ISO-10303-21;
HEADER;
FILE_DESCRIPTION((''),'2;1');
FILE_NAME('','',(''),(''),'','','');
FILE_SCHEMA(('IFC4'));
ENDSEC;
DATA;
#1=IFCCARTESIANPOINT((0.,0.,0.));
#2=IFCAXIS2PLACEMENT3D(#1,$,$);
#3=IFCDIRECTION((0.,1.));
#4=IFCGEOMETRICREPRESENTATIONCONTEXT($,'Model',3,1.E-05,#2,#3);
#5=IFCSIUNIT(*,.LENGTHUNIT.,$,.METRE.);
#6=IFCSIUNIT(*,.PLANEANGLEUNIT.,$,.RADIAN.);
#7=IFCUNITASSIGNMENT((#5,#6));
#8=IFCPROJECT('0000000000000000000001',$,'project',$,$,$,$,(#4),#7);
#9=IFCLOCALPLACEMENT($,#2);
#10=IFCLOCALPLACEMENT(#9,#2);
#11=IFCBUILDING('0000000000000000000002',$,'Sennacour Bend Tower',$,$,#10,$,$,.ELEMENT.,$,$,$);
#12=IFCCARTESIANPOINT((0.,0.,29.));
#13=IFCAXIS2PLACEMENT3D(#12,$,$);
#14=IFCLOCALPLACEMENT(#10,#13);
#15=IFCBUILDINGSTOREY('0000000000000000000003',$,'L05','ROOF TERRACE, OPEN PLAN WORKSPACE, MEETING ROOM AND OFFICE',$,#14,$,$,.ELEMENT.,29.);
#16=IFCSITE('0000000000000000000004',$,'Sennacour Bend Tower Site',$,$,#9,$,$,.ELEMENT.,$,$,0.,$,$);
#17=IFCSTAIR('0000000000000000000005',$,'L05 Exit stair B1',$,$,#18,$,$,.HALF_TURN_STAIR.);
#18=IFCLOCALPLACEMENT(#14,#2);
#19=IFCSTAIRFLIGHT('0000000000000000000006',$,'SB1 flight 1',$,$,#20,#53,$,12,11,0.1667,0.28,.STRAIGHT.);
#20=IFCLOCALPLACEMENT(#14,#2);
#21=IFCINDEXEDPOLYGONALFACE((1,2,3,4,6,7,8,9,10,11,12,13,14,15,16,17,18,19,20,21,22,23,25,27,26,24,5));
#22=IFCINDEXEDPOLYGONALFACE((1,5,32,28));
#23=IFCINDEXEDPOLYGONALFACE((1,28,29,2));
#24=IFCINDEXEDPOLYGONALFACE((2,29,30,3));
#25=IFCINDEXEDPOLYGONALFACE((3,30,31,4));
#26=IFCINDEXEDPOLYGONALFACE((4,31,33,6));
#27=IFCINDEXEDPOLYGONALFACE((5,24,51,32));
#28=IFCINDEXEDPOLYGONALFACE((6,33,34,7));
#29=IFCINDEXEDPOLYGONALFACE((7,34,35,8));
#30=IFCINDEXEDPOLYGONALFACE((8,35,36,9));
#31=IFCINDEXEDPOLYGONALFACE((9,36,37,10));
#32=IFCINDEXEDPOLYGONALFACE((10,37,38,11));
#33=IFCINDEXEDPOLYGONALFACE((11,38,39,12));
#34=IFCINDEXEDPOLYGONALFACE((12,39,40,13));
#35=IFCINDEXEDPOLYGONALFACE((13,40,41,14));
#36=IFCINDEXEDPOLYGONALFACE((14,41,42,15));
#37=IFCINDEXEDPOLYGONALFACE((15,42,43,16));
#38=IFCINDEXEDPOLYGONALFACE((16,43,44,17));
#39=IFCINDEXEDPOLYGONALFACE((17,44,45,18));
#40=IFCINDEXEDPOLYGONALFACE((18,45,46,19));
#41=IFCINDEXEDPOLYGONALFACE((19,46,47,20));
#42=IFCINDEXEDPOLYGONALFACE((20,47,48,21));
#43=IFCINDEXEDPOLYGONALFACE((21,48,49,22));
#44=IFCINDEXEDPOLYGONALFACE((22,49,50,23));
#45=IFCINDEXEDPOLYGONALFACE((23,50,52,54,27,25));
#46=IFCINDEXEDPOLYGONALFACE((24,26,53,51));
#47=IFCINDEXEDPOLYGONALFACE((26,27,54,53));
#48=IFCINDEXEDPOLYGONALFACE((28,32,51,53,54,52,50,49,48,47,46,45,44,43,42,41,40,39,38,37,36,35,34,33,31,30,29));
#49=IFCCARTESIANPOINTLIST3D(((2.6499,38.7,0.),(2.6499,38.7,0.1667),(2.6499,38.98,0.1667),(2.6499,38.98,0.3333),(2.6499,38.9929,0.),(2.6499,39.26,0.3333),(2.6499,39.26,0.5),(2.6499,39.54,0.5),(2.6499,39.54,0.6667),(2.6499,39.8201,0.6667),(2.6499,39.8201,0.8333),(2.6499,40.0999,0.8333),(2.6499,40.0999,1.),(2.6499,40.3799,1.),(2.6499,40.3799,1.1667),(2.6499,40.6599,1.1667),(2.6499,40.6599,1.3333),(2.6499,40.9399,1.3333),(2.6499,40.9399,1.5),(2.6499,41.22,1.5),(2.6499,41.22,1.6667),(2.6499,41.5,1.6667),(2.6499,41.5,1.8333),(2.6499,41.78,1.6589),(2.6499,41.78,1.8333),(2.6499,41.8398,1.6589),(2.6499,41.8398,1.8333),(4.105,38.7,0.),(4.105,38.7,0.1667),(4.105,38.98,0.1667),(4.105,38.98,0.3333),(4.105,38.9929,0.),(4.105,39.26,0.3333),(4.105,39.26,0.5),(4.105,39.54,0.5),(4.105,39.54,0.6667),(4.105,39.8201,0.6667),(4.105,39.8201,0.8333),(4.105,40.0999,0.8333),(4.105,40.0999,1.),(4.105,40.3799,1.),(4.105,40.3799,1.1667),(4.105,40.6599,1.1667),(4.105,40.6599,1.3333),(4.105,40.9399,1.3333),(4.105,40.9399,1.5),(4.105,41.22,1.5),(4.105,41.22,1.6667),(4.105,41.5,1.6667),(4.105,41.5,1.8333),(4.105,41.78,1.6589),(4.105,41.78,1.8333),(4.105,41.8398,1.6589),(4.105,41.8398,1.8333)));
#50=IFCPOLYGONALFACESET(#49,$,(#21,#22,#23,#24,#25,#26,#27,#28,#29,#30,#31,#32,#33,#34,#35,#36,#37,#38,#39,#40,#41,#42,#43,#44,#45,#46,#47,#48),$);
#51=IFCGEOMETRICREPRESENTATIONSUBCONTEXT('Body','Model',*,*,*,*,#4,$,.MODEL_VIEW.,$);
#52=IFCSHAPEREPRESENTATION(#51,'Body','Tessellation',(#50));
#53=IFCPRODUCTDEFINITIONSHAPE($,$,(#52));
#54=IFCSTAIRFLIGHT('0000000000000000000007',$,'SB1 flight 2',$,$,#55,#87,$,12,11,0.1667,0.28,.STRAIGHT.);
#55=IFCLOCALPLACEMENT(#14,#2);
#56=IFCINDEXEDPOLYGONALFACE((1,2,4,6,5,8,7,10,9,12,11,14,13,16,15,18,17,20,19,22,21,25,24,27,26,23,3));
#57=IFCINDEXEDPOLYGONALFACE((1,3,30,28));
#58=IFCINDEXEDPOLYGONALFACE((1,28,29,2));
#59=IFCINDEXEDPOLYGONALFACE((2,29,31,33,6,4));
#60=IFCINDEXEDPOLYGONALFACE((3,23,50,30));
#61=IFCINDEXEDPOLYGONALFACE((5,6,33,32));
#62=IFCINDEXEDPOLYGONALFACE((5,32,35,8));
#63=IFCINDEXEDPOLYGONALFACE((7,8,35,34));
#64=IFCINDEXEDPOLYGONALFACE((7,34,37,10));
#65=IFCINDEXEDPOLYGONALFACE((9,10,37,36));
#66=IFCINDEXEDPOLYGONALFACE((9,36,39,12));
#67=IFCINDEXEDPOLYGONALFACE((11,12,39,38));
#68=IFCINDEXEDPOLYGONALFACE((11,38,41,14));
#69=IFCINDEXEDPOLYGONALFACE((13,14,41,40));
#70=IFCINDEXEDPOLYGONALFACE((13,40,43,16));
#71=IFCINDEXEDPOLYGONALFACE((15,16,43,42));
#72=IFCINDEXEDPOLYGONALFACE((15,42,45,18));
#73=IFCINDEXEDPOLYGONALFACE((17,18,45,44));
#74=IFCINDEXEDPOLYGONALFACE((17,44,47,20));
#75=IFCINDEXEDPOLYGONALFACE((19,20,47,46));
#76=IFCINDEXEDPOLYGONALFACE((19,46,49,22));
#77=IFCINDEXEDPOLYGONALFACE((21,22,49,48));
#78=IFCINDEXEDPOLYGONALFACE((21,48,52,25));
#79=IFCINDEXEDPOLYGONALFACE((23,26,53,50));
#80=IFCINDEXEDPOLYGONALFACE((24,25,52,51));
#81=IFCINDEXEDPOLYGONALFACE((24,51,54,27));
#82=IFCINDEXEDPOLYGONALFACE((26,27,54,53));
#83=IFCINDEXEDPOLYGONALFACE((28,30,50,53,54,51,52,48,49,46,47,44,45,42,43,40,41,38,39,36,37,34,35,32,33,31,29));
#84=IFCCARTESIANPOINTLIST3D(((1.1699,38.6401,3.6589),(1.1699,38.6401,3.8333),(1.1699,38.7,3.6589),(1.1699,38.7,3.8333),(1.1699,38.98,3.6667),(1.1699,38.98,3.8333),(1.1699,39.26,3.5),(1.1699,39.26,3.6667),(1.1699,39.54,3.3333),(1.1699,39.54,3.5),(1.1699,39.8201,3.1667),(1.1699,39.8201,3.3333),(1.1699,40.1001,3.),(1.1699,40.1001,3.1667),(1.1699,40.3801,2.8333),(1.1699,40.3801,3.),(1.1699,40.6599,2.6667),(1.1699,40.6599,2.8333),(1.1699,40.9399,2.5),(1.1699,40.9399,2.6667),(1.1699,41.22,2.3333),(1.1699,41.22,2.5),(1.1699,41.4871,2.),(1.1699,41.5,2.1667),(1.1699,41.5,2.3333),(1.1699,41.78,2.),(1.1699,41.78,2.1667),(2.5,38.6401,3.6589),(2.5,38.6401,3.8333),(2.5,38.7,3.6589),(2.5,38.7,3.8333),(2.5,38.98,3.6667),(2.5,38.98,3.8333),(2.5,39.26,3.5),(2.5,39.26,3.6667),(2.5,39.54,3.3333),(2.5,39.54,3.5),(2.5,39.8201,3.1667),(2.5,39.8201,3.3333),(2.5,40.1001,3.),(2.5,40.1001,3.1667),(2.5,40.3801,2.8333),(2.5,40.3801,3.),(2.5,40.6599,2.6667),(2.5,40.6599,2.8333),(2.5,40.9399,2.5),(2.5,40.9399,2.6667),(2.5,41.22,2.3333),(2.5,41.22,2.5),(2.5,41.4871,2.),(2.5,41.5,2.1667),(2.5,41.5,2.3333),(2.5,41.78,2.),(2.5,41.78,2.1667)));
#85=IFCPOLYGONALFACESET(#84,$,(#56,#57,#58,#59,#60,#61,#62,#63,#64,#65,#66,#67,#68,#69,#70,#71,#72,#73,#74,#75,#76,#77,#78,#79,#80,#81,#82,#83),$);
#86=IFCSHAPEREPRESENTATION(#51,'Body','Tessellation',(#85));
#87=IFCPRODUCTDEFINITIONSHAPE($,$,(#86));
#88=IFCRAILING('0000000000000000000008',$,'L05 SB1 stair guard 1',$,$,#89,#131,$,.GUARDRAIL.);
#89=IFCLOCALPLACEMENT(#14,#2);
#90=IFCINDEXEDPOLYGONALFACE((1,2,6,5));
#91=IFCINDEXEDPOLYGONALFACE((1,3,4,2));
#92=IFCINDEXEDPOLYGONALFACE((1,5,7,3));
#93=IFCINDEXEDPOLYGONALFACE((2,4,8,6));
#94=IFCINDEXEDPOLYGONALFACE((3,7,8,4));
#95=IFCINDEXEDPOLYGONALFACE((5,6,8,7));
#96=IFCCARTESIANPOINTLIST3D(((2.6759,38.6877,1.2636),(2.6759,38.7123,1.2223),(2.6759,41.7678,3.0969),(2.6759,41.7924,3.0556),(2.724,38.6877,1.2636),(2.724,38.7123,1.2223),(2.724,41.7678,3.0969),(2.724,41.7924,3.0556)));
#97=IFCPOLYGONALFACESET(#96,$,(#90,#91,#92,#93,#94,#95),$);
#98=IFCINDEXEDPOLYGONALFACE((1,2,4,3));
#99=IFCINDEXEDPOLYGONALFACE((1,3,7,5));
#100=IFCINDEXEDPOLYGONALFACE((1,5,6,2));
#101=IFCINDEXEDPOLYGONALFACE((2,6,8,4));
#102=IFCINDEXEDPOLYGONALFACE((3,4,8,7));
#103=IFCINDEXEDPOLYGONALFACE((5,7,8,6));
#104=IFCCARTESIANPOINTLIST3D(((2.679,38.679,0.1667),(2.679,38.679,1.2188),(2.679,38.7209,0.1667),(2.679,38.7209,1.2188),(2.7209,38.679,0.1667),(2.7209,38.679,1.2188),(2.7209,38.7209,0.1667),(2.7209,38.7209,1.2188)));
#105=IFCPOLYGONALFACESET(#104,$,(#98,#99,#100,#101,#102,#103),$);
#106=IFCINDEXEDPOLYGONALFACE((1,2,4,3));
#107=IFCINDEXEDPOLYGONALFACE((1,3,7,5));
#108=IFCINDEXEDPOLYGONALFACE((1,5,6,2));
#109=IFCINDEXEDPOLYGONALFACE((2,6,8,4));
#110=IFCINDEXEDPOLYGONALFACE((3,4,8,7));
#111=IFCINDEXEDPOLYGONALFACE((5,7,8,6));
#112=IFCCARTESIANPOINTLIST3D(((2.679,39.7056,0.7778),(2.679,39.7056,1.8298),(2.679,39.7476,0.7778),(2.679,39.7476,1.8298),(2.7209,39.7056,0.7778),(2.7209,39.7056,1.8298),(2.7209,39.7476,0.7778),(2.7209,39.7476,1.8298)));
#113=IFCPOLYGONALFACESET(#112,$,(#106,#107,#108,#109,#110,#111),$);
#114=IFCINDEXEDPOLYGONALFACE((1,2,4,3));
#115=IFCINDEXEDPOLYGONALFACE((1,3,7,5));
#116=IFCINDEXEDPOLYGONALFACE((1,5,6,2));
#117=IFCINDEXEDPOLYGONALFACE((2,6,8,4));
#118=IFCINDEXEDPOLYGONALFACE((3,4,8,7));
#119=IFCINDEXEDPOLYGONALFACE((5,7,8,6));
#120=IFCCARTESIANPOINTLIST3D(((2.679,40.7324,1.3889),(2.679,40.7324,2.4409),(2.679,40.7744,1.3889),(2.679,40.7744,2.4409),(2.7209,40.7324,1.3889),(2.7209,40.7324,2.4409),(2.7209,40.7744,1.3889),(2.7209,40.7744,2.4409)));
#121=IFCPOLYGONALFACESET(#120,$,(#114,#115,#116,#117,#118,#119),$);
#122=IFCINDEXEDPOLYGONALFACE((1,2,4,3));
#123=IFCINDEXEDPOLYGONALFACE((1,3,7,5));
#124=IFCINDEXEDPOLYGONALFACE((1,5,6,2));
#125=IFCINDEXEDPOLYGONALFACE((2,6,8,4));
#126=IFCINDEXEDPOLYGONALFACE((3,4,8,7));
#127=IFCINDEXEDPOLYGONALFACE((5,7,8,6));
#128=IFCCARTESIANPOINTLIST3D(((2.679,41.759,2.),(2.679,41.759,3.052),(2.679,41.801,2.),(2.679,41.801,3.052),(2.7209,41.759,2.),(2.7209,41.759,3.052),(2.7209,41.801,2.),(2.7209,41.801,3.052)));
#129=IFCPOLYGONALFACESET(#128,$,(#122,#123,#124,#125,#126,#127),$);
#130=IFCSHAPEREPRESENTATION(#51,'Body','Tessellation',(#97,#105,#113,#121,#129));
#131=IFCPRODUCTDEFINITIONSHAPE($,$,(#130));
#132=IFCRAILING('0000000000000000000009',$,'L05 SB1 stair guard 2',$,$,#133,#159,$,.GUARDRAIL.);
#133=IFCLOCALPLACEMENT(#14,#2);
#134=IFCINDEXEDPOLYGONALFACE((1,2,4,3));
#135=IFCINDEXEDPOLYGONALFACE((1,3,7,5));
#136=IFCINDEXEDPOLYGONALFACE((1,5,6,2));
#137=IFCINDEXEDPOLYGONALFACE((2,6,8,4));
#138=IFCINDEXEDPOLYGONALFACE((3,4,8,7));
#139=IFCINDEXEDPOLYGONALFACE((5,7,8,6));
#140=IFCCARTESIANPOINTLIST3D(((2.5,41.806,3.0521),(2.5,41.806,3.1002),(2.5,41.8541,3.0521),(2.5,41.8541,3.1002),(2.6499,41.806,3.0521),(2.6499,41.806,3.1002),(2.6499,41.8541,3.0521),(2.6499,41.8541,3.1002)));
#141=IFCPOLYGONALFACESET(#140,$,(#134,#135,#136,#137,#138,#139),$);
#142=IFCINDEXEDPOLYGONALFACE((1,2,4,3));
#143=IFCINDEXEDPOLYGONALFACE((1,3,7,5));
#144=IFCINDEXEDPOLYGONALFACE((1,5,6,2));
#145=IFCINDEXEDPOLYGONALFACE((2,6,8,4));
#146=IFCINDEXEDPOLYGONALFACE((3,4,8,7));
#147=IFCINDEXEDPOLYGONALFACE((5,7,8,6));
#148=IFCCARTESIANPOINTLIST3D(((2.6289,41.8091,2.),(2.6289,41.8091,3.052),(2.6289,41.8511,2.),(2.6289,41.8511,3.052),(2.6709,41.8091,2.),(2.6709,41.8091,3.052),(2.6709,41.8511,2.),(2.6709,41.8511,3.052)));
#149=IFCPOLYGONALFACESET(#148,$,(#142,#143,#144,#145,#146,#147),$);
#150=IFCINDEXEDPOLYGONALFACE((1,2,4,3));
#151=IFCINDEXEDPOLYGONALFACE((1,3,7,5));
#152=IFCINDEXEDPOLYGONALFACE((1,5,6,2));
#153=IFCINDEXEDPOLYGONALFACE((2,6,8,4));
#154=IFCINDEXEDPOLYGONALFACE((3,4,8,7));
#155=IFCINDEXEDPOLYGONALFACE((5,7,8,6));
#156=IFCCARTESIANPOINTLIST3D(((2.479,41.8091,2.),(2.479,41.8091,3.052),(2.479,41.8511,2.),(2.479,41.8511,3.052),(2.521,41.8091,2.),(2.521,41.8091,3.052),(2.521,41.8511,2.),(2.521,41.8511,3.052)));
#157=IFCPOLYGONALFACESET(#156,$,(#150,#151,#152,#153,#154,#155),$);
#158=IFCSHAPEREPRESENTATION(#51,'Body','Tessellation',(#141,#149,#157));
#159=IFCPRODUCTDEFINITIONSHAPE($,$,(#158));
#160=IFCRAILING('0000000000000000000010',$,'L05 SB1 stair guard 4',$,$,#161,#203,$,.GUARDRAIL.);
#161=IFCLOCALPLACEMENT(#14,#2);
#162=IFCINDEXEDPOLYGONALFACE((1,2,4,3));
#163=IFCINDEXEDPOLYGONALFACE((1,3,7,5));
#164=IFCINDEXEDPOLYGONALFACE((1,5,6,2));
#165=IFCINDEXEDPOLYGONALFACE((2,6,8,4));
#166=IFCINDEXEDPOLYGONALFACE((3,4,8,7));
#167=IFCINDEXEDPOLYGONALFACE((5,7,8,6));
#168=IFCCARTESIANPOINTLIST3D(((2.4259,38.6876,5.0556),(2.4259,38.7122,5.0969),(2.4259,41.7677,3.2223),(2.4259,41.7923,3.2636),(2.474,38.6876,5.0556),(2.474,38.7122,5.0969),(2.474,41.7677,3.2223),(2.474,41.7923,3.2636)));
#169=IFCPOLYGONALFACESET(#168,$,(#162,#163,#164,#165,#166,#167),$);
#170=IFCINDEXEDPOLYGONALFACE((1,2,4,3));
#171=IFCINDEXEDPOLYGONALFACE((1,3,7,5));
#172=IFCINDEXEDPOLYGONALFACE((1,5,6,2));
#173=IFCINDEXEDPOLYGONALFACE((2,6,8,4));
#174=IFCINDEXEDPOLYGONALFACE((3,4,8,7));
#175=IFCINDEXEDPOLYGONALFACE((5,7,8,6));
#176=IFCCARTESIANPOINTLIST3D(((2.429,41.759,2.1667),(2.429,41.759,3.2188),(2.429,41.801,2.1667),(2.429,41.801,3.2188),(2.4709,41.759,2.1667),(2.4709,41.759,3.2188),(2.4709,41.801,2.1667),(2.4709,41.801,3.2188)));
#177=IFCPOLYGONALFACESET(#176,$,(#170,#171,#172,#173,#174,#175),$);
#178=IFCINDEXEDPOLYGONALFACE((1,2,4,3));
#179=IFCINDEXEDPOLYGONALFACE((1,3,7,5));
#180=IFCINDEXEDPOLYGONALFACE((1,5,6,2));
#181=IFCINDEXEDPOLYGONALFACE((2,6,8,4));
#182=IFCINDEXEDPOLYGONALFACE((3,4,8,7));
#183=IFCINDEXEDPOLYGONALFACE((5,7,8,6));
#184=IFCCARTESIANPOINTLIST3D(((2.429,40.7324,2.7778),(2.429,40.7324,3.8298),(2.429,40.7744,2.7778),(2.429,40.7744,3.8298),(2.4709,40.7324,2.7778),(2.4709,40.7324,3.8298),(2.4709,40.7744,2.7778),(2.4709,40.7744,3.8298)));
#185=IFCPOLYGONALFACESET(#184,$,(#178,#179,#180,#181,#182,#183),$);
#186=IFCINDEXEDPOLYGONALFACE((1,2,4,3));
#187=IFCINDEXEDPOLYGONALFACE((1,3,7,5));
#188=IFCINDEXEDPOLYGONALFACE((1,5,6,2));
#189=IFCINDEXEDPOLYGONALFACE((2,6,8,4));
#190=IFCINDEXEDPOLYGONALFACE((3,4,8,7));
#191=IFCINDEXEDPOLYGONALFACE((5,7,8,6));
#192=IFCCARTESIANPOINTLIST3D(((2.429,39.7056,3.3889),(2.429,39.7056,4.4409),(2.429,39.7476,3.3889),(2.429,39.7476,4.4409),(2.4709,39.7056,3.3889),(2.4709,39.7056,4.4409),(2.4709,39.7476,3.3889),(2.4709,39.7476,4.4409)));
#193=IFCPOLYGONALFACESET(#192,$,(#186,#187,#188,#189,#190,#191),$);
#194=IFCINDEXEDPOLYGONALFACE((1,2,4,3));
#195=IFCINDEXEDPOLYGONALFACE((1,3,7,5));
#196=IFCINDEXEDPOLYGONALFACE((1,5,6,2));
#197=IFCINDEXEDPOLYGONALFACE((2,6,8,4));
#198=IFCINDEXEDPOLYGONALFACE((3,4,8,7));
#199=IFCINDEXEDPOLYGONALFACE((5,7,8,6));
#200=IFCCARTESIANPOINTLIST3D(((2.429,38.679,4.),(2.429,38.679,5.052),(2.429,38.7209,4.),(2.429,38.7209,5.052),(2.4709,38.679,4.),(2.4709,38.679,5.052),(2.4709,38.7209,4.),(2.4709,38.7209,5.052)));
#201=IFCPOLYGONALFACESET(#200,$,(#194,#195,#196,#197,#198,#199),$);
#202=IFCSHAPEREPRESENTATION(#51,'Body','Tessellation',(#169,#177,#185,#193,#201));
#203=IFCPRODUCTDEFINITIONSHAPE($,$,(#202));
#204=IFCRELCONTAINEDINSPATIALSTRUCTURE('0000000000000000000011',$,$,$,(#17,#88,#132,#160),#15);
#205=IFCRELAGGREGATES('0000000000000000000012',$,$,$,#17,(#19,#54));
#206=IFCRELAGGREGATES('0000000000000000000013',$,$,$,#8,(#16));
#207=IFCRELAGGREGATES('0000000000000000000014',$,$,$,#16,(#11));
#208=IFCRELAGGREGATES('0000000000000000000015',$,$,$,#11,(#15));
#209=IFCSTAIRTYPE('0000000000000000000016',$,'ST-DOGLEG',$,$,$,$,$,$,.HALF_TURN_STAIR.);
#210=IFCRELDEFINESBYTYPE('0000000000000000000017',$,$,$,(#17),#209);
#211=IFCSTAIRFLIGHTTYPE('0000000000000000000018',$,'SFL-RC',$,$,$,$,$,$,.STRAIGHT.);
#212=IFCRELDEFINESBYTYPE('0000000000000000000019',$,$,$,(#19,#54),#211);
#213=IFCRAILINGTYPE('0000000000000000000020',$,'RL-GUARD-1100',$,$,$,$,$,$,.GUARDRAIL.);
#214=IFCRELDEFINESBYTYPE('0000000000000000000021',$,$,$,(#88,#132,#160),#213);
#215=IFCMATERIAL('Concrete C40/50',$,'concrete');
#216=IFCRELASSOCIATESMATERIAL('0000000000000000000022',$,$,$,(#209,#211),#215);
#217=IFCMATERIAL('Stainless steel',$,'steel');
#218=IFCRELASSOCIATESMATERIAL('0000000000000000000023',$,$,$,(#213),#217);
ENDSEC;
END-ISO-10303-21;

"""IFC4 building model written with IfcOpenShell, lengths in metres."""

from ifc_helpers import new_model, si_unit, direction, frame, origin, origin_2d, place, context, subcontext, project, spatial, polyline, rectangle, outline, extrude, material, type_object, element, aggregate, save


model = new_model("IFC4")

# Units and contexts
model_context = context("Model", 3, precision=1e-05, world=origin(), true_north=direction((0.0, 1.0)))
body_context = subcontext(model_context, "Body", "Model", "MODEL_VIEW")
ifc_project = project(units=[si_unit("LENGTHUNIT", "METRE"), si_unit("PLANEANGLEUNIT", "RADIAN")], contexts=[model_context])

# Site, building, storey
site_placement = place(None, origin())
site = spatial("IfcSite", under=ifc_project, at=site_placement, Name="Sennacour Bend Tower Site", CompositionType="ELEMENT", RefElevation=0.0)
building_placement = place(site_placement, origin())
building = spatial("IfcBuilding", under=site, at=building_placement, Name="Sennacour Bend Tower", CompositionType="ELEMENT")
storey_placement = place(building_placement, frame((0.0, 0.0, 29.0)))
storey = spatial("IfcBuildingStorey", under=building, at=storey_placement, Name="L05", Description="ROOF TERRACE, OPEN PLAN WORKSPACE, MEETING ROOM AND OFFICE", CompositionType="ELEMENT", Elevation=29.0)

# Stair, stair flights
ifc_material_1 = material(Name="Concrete C40/50", Category="concrete")
stair_type = type_object("IfcStairType", Name="ST-DOGLEG", PredefinedType="HALF_TURN_STAIR", material=ifc_material_1)
stair_placement = place(storey_placement, origin())
stair = element("IfcStair", 1, at=stair_placement, inside=storey, type_object=stair_type, Name="L05 Exit stair B1", PredefinedType="HALF_TURN_STAIR")
stair_flight_type = type_object("IfcStairFlightType", Name="SFL-RC", PredefinedType="STRAIGHT", material=ifc_material_1)
stair_flight_1_placement = place(storey_placement, frame((3.3774, 38.7, 0.0), z_axis=(0.0, 0.0, 1.0), x_axis=(0.0, 1.0, 0.0)))
stair_flight_1 = element("IfcStairFlight", 2, at=stair_flight_1_placement, type_object=stair_flight_type, Name="SB1 flight 1", NumberOfRisers=12, NumberOfTreads=11, PredefinedType="STRAIGHT", RiserHeight=0.1667, TreadLength=0.28, context=body_context, shape_type="SweptSolid", body=[
    extrude(outline(polyline([(0.0, 0.0), (0.0, 0.1667), (0.28, 0.1667), (0.28, 0.3333), (0.5601, 0.3333), (0.5601, 0.5), (0.8401, 0.5), (0.8401, 0.6667), (1.1201, 0.6667), (1.1201, 0.8333), (1.3999, 0.8333), (1.3999, 1.0), (1.6799, 1.0), (1.6799, 1.1667), (1.96, 1.1667), (1.96, 1.3333), (2.24, 1.3333), (2.24, 1.5), (2.52, 1.5), (2.52, 1.6667), (2.8, 1.6667), (2.8, 1.8333), (3.0801, 1.8333), (3.1399, 1.8333), (3.1399, 1.6589), (3.0801, 1.6589), (0.293, 0.0), (0.0, 0.0)])), frame((0.0, 0.7275, 0.0), z_axis=(0.0, -1.0, 0.0), x_axis=(1.0, 0.0, 0.0)), (0.0, 0.0, 1.0), 1.4551),
])
stair_flight_2_placement = place(storey_placement, frame((1.835, 41.78, 2.0), z_axis=(0.0, 0.0, 1.0), x_axis=(0.0, -1.0, 0.0)))
stair_flight_2 = element("IfcStairFlight", 3, at=stair_flight_2_placement, type_object=stair_flight_type, Name="SB1 flight 2", NumberOfRisers=12, NumberOfTreads=11, PredefinedType="STRAIGHT", RiserHeight=0.1667, TreadLength=0.28, context=body_context, shape_type="SweptSolid", body=[
    extrude(outline(polyline([(0.0, 0.0), (0.0, 0.1667), (0.28, 0.1667), (0.28, 0.3333), (0.5601, 0.3333), (0.5601, 0.5), (0.8401, 0.5), (0.8401, 0.6667), (1.1201, 0.6667), (1.1201, 0.8333), (1.3999, 0.8333), (1.3999, 1.0), (1.6799, 1.0), (1.6799, 1.1667), (1.96, 1.1667), (1.96, 1.3333), (2.24, 1.3333), (2.24, 1.5), (2.52, 1.5), (2.52, 1.6667), (2.8, 1.6667), (2.8, 1.8333), (3.0801, 1.8333), (3.1399, 1.8333), (3.1399, 1.6589), (3.0801, 1.6589), (0.293, 0.0), (0.0, 0.0)])), frame((0.0, 0.665, 0.0), z_axis=(0.0, -1.0, 0.0), x_axis=(1.0, 0.0, 0.0)), (0.0, 0.0, 1.0), 1.3301),
])
aggregate(stair, [stair_flight_1, stair_flight_2])

# Railings
ifc_material_2 = material(Name="Stainless steel", Category="steel")
railing_type_1 = type_object("IfcRailingType", Name="RL-GUARD-1100", PredefinedType="GUARDRAIL", material=ifc_material_2)
railing_1_placement = place(storey_placement, frame((2.7, 38.7, 0.1667)))
element("IfcRailing", 4, at=railing_1_placement, inside=storey, type_object=railing_type_1, Name="L05 SB1 stair guard 1", PredefinedType="GUARDRAIL", context=body_context, shape_type="SweptSolid", body=[
    extrude(rectangle(XDim=0.0481, YDim=0.0481, at=origin_2d()), frame((0.0, 0.0, 1.0762), z_axis=(0.0, 0.859309, 0.511458), x_axis=(-1.0, 0.0, 0.0)), (0.0, 0.0, 1.0), 3.5845),
    extrude(rectangle(XDim=0.042, YDim=0.042, at=origin_2d()), origin(), (0.0, 0.0, 1.0), 1.052),
    extrude(rectangle(XDim=0.042, YDim=0.042, at=origin_2d()), frame((0.0, 1.0266, 0.6111)), (0.0, 0.0, 1.0), 1.052),
    extrude(rectangle(XDim=0.042, YDim=0.042, at=origin_2d()), frame((0.0, 2.0535, 1.2222)), (0.0, 0.0, 1.0), 1.052),
    extrude(rectangle(XDim=0.042, YDim=0.042, at=origin_2d()), frame((0.0, 3.0801, 1.8333)), (0.0, 0.0, 1.0), 1.052),
])
railing_2_placement = place(storey_placement, frame((2.6499, 41.8301, 2.0)))
element("IfcRailing", 5, at=railing_2_placement, inside=storey, type_object=railing_type_1, Name="L05 SB1 stair guard 2", PredefinedType="GUARDRAIL", context=body_context, shape_type="SweptSolid", body=[
    extrude(rectangle(XDim=0.0481, YDim=0.0481, at=origin_2d()), frame((0.0, 0.0, 1.0762), z_axis=(-1.0, 0.0, 0.0), x_axis=(0.0, -1.0, 0.0)), (0.0, 0.0, 1.0), 0.1499),
    extrude(rectangle(XDim=0.042, YDim=0.042, at=origin_2d()), origin(), (0.0, 0.0, 1.0), 1.052),
    extrude(rectangle(XDim=0.042, YDim=0.042, at=origin_2d()), frame((-0.1499, 0.0, 0.0)), (0.0, 0.0, 1.0), 1.052),
])
railing_3_placement = place(storey_placement, frame((2.45, 41.78, 2.1667)))
element("IfcRailing", 6, at=railing_3_placement, inside=storey, type_object=railing_type_1, Name="L05 SB1 stair guard 4", PredefinedType="GUARDRAIL", context=body_context, shape_type="SweptSolid", body=[
    extrude(rectangle(XDim=0.0481, YDim=0.0481, at=origin_2d()), frame((0.0, 0.0, 1.0762), z_axis=(0.0, -0.859309, 0.511458), x_axis=(1.0, 0.0, 0.0)), (0.0, 0.0, 1.0), 3.5845),
    extrude(rectangle(XDim=0.042, YDim=0.042, at=origin_2d()), origin(), (0.0, 0.0, 1.0), 1.052),
    extrude(rectangle(XDim=0.042, YDim=0.042, at=origin_2d()), frame((0.0, -1.0266, 0.6111)), (0.0, 0.0, 1.0), 1.052),
    extrude(rectangle(XDim=0.042, YDim=0.042, at=origin_2d()), frame((0.0, -2.0535, 1.2222)), (0.0, 0.0, 1.0), 1.052),
    extrude(rectangle(XDim=0.042, YDim=0.042, at=origin_2d()), frame((0.0, -3.0801, 1.8333)), (0.0, 0.0, 1.0), 1.052),
])

save(model, "model.ifc")
